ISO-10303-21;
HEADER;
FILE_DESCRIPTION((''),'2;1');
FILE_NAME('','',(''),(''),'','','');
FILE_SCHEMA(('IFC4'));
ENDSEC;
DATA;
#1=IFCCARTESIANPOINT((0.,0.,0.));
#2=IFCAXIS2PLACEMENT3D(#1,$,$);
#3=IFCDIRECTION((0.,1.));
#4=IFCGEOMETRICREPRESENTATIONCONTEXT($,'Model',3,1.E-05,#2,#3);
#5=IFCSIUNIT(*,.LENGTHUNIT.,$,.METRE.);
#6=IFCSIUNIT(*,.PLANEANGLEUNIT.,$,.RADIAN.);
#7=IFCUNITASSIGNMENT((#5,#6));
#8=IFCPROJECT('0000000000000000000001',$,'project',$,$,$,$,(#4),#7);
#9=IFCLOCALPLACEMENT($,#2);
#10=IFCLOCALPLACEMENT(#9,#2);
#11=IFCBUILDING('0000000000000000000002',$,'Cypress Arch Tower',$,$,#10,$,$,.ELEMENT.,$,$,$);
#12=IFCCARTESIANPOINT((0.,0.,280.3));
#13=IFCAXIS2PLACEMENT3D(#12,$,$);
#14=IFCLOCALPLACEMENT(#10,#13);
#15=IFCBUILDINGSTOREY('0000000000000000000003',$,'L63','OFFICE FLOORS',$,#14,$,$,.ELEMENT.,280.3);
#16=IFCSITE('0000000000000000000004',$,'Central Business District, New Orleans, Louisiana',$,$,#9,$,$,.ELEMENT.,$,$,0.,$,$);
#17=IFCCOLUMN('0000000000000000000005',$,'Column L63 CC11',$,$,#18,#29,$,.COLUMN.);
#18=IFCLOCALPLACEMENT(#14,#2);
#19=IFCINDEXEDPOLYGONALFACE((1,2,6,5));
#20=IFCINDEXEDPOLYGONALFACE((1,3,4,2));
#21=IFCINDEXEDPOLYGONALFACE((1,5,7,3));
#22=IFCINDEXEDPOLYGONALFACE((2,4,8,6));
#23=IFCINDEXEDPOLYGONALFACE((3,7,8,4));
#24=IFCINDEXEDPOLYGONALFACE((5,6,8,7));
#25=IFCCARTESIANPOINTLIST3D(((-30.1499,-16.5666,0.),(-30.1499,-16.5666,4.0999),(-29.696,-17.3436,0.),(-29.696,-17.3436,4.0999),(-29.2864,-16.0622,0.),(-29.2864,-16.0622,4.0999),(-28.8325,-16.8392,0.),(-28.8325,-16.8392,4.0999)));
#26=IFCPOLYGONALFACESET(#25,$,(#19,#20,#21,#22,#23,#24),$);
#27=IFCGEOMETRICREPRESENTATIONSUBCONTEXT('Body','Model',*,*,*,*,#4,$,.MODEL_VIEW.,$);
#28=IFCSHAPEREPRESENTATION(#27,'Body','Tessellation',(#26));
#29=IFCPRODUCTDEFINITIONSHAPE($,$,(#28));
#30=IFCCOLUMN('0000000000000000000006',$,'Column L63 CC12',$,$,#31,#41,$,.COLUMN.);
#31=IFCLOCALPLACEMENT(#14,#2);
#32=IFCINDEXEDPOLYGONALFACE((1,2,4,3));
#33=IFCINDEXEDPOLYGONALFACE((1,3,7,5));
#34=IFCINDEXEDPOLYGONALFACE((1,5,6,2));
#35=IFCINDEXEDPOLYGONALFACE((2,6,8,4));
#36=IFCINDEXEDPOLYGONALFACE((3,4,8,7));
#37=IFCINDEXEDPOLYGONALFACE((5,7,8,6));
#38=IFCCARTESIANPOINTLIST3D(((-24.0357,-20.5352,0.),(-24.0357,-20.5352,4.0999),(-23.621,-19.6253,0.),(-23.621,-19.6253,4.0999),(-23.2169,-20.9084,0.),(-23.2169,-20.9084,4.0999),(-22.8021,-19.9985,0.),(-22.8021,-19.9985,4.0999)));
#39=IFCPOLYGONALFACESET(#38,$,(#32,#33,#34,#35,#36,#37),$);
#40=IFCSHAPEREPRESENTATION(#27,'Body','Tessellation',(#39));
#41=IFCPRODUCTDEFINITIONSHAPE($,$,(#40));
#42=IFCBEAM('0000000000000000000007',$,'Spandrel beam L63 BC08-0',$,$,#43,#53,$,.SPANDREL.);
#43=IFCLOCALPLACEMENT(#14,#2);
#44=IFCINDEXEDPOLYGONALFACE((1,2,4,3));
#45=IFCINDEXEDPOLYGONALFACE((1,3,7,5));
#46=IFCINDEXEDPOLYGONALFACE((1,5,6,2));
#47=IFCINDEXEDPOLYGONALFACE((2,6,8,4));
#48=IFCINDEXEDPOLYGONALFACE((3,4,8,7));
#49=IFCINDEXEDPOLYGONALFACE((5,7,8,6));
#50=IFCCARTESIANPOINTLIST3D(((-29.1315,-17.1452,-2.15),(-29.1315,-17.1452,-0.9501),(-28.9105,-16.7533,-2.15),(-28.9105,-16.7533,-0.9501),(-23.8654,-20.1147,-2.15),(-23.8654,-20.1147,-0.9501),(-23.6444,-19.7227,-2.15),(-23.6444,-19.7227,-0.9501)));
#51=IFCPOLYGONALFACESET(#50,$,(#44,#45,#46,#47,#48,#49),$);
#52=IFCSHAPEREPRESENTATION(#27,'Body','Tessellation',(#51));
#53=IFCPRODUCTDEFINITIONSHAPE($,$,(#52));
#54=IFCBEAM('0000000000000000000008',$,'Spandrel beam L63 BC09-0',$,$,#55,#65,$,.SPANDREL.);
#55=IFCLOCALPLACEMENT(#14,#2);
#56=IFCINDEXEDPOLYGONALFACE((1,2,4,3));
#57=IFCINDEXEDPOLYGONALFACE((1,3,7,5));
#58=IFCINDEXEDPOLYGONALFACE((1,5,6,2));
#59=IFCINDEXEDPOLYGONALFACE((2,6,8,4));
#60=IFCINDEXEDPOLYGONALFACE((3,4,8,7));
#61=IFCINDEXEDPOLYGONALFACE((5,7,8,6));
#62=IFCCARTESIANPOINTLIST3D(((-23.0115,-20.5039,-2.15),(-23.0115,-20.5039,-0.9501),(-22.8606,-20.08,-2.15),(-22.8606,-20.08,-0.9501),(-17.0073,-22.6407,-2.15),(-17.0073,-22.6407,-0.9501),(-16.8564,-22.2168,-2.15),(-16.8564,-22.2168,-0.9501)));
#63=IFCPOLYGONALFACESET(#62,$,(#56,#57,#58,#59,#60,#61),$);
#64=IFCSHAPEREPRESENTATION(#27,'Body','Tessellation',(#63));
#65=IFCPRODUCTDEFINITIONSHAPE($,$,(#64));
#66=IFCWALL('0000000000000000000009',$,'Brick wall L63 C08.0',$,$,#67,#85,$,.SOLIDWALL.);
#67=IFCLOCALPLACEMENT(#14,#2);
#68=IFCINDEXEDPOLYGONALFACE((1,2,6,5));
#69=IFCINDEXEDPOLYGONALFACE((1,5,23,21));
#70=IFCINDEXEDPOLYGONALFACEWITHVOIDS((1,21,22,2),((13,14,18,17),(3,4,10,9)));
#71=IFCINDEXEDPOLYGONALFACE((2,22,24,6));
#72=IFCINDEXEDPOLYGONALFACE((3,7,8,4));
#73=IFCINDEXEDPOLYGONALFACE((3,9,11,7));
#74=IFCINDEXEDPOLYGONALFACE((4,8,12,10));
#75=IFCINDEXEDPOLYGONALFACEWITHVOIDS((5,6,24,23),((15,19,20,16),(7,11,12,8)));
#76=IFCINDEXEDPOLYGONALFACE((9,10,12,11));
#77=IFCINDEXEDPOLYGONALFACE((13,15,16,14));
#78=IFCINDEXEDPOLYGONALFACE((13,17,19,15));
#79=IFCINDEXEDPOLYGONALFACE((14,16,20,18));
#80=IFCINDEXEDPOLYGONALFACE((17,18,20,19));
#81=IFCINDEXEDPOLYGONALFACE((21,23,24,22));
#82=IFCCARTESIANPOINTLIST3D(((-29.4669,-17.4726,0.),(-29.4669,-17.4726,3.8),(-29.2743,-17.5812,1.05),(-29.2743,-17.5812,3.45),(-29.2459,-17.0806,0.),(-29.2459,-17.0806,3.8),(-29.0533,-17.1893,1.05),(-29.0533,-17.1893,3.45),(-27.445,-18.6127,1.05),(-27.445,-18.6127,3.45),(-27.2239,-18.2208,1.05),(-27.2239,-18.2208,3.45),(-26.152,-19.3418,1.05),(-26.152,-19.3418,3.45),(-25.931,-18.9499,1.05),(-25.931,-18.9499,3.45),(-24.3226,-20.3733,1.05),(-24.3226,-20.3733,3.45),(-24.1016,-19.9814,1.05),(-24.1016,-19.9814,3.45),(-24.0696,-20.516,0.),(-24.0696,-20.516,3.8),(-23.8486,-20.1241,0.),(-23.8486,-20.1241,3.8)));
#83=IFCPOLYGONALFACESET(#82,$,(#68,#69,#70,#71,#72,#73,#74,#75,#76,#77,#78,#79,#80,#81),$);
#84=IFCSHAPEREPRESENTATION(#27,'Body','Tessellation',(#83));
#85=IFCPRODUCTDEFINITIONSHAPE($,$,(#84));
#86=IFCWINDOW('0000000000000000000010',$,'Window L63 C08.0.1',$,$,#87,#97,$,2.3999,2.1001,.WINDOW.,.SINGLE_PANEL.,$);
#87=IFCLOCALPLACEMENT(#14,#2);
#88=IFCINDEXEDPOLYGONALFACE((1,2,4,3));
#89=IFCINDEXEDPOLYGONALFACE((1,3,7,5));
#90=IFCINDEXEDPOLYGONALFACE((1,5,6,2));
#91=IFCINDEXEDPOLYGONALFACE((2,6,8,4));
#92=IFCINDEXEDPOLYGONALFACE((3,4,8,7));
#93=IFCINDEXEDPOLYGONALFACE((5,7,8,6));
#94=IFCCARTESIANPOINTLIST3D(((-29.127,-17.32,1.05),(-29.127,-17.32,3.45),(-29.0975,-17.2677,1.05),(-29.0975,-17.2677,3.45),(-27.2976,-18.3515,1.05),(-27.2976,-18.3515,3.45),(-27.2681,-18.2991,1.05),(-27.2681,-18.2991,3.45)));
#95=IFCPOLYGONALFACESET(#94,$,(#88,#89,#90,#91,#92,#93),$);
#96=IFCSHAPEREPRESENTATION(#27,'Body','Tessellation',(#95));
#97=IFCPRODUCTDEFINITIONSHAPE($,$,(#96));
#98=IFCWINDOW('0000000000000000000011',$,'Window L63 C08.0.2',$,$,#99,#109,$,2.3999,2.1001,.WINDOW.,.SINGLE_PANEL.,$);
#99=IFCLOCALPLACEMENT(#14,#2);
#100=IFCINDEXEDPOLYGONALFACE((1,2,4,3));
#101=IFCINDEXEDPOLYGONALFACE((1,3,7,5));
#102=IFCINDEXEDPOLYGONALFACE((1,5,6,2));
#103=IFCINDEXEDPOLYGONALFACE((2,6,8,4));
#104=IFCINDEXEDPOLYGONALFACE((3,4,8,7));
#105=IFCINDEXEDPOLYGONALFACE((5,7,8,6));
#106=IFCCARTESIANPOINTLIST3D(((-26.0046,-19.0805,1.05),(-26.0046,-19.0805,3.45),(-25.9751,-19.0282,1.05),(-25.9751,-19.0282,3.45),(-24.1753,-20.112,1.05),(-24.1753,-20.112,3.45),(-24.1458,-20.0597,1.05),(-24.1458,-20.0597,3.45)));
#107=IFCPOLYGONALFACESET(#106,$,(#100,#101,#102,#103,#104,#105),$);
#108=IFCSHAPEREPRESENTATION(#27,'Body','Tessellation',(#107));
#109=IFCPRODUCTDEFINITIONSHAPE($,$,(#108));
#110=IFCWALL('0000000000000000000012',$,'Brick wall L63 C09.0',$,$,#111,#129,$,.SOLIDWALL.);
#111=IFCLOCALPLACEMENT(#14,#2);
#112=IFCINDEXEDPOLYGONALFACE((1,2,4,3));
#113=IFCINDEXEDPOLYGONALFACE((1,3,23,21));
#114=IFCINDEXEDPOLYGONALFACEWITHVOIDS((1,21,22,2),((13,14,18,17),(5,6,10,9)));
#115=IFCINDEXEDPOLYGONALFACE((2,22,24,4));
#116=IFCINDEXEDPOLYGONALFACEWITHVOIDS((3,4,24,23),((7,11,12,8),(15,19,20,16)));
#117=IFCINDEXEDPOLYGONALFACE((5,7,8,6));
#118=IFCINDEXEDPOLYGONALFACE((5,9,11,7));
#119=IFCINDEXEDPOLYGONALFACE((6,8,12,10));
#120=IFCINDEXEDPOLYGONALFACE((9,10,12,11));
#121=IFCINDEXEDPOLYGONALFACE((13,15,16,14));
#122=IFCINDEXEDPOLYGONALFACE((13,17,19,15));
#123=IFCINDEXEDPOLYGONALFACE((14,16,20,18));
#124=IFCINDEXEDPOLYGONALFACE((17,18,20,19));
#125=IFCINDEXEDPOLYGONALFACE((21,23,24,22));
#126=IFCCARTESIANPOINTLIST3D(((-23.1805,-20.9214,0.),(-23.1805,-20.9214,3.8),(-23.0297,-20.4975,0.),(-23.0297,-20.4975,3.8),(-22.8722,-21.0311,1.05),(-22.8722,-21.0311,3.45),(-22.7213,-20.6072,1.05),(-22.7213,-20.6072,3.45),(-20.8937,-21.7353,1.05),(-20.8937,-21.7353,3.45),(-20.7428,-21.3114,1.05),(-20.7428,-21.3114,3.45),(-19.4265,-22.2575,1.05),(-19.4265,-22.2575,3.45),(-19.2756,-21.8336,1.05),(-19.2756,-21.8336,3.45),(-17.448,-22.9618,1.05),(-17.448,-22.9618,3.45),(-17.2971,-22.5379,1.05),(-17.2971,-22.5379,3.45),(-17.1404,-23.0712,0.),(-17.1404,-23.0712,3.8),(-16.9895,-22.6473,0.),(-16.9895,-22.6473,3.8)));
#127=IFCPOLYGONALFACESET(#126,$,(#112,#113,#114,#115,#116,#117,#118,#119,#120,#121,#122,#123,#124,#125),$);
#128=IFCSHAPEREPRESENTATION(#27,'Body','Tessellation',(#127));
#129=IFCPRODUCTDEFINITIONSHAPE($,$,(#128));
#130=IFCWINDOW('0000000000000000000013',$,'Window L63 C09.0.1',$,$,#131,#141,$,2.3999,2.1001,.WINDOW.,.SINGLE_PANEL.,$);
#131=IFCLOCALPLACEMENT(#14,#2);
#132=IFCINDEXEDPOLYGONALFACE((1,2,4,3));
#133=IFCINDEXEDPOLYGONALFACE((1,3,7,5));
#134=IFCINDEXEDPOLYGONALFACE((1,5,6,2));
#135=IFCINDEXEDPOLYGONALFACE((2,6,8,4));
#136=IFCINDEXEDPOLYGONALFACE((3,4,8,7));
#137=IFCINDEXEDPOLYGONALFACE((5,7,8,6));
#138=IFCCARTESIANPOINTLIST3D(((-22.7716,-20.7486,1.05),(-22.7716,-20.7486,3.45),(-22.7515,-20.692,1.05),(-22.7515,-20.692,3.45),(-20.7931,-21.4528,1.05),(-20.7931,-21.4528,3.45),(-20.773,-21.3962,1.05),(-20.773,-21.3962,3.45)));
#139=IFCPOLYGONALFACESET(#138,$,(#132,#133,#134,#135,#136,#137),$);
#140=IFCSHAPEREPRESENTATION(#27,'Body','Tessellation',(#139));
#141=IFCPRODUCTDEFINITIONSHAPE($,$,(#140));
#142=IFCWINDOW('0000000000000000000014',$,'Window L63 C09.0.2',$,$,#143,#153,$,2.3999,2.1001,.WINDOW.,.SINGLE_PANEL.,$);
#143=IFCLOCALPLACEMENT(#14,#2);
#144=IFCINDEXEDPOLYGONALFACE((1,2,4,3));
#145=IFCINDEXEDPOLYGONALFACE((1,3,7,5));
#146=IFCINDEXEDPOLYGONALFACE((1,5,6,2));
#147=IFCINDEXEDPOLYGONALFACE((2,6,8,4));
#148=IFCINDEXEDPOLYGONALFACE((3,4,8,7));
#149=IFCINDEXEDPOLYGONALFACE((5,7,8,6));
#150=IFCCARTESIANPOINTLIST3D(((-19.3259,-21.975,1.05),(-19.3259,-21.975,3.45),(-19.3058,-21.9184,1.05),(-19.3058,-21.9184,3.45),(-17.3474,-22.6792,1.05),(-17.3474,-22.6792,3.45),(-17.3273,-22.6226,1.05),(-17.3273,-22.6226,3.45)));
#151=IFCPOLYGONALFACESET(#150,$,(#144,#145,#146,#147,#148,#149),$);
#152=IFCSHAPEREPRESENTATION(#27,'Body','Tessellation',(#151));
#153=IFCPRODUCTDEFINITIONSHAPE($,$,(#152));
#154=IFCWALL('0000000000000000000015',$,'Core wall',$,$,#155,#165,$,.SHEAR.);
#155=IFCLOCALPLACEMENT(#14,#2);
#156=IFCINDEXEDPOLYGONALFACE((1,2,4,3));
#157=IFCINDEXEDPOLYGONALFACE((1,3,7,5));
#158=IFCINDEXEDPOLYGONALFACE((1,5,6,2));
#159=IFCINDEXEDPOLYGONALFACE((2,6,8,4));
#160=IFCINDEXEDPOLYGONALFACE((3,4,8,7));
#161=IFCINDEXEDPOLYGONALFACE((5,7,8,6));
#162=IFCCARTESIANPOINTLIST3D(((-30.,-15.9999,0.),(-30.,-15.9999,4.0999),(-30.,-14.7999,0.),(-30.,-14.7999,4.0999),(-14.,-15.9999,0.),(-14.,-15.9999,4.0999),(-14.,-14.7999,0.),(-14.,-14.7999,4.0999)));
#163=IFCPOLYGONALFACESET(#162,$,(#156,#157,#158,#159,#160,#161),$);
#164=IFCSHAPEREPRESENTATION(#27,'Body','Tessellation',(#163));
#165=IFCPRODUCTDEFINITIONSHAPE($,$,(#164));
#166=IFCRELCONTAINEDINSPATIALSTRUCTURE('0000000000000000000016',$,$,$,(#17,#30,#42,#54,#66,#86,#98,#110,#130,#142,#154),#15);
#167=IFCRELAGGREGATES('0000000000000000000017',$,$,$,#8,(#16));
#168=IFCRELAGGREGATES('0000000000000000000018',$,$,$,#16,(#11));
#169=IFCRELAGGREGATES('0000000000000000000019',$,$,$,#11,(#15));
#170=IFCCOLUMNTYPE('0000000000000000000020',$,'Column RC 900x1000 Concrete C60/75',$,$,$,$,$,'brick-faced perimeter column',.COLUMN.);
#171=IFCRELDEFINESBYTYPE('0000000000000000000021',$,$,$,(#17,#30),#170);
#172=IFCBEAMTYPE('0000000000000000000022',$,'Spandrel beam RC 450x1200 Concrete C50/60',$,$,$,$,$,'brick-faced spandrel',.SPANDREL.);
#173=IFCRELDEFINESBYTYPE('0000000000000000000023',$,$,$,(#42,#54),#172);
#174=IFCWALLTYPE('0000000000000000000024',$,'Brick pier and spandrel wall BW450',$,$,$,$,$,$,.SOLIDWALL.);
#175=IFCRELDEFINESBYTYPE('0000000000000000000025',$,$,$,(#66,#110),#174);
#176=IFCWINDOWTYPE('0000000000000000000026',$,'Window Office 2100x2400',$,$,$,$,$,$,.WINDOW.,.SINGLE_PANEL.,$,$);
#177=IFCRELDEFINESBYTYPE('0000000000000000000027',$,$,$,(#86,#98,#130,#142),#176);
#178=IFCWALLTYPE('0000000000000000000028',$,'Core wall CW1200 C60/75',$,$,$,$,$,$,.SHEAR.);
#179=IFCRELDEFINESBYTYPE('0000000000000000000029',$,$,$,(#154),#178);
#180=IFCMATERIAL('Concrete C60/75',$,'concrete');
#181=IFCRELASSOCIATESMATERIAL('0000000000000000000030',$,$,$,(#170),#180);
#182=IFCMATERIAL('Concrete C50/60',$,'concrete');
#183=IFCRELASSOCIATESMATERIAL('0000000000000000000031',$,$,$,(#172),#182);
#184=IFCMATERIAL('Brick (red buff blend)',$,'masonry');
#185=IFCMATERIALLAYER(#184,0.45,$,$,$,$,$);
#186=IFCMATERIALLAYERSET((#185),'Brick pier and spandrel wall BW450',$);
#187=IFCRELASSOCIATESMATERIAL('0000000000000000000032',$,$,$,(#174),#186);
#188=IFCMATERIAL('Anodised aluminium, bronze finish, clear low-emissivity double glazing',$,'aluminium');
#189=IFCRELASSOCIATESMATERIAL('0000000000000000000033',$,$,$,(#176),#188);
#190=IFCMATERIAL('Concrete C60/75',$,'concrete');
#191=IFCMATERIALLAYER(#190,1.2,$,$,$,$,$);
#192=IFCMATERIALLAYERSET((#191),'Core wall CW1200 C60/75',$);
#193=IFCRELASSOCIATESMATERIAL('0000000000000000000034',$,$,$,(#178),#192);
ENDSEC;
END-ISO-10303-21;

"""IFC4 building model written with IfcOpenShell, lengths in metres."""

from ifc_helpers import new_model, si_unit, direction, frame, frame_2d, origin, origin_2d, place, context, subcontext, project, spatial, rectangle, extrude, material, layer, layer_set, material_profile, profile_set, type_object, element, fill, save


model = new_model("IFC4")

# Units and contexts
model_context = context("Model", 3, precision=1e-05, world=origin(), true_north=direction((0.0, 1.0)))
body_context = subcontext(model_context, "Body", "Model", "MODEL_VIEW")
ifc_project = project(units=[si_unit("LENGTHUNIT", "METRE"), si_unit("PLANEANGLEUNIT", "RADIAN")], contexts=[model_context])

# Site, building, storey
site_placement = place(None, origin())
site = spatial("IfcSite", under=ifc_project, at=site_placement, Name="Central Business District, New Orleans, Louisiana", CompositionType="ELEMENT", RefElevation=0.0)
building_placement = place(site_placement, origin())
building = spatial("IfcBuilding", under=site, at=building_placement, Name="Cypress Arch Tower", CompositionType="ELEMENT")
storey_placement = place(building_placement, frame((0.0, 0.0, 280.3)))
storey = spatial("IfcBuildingStorey", under=building, at=storey_placement, Name="L63", Description="OFFICE FLOORS", CompositionType="ELEMENT", Elevation=280.3)

# Columns
ifc_material_1 = material(Name="Concrete C60/75", Category="concrete")
ifc_material_profile_1 = material_profile(ifc_material_1, rectangle(XDim=0.8999, YDim=1.0, at=origin_2d()), Name="RC 900x1000")
ifc_profile_set_1 = profile_set([ifc_material_profile_1], Name="Concrete C60/75")
column_type = type_object("IfcColumnType", Name="Column RC 900x1000 Concrete C60/75", ElementType="brick-faced perimeter column", PredefinedType="COLUMN", material=ifc_profile_set_1)
for number, where, z_axis, x_axis, name in (
    (1, (-29.4912, -16.7029, 0.0), (0.0, 0.0, 1.0), (0.504399, -0.863471, 0.0), "Column L63 CC11"),
    (2, (-23.4189, -20.2668, 0.0), (0.0, 0.0, 1.0), (0.909932, -0.414757, 0.0), "Column L63 CC12"),
):
    element("IfcColumn", number, at=place(storey_placement, frame(where, z_axis=z_axis, x_axis=x_axis)), inside=storey, type_object=column_type, Name=name, PredefinedType="COLUMN", context=body_context, shape_type="SweptSolid", body=[
        extrude(rectangle(XDim=0.8999, YDim=1.0, at=origin_2d()), origin(), (0.0, 0.0, 1.0), 4.0999),
    ])

# Beams
ifc_material_2 = material(Name="Concrete C50/60", Category="concrete")
ifc_material_profile_2 = material_profile(ifc_material_2, rectangle(XDim=0.45, YDim=1.2, at=origin_2d()), Name="RC 450x1200")
ifc_profile_set_2 = profile_set([ifc_material_profile_2], Name="Concrete C50/60")
beam_type = type_object("IfcBeamType", Name="Spandrel beam RC 450x1200 Concrete C50/60", ElementType="brick-faced spandrel", PredefinedType="SPANDREL", material=ifc_profile_set_2)
beam_1_placement = place(storey_placement, frame((-29.021, -16.9492, -1.55), z_axis=(0.87106, -0.491177, 0.0), x_axis=(0.491177, 0.87106, 0.0)))
element("IfcBeam", 3, at=beam_1_placement, inside=storey, type_object=beam_type, Name="Spandrel beam L63 BC08-0", PredefinedType="SPANDREL", context=body_context, shape_type="SweptSolid", body=[
    extrude(rectangle(XDim=0.45, YDim=1.2, at=origin_2d()), origin(), (0.0, 0.0, 1.0), 6.0457),
])
beam_2_placement = place(storey_placement, frame((-22.936, -20.292, -1.55), z_axis=(0.94212, -0.335276, 0.0), x_axis=(0.335276, 0.94212, 0.0)))
element("IfcBeam", 4, at=beam_2_placement, inside=storey, type_object=beam_type, Name="Spandrel beam L63 BC09-0", PredefinedType="SPANDREL", context=body_context, shape_type="SweptSolid", body=[
    extrude(rectangle(XDim=0.45, YDim=1.2, at=origin_2d()), origin(), (0.0, 0.0, 1.0), 6.373),
])

# Walls, openings, windows
ifc_material_3 = material(Name="Brick (red buff blend)", Category="masonry")
ifc_layer_1 = layer(ifc_material_3, 0.45)
ifc_layer_set_1 = layer_set([ifc_layer_1], Name="Brick pier and spandrel wall BW450")
wall_type_1 = type_object("IfcWallType", Name="Brick pier and spandrel wall BW450", PredefinedType="SOLIDWALL", material=ifc_layer_set_1)
wall_1_placement = place(storey_placement, frame((-29.3564, -17.2766, 0.0), z_axis=(0.0, 0.0, 1.0), x_axis=(0.871066, -0.491166, 0.0)))
wall_1 = element("IfcWall", 5, at=wall_1_placement, inside=storey, type_object=wall_type_1, Name="Brick wall L63 C08.0", PredefinedType="SOLIDWALL", context=body_context, shape_type="SweptSolid", body=[
    extrude(rectangle(XDim=6.1963, YDim=0.45, at=frame_2d((3.0981, 0.0))), origin(), (0.0, 0.0, 1.0), 3.8),
])
opening_1_placement = place(wall_1_placement, frame((0.2212, 0.0, 1.05)))
opening_1 = element("IfcOpeningElement", 6, at=opening_1_placement, cuts=wall_1, PredefinedType="OPENING", context=body_context, shape_type="SweptSolid", body=[
    extrude(rectangle(XDim=2.1001, YDim=2.3999, at=frame_2d((1.05, 1.2))), frame((0.0, 0.2349, 0.0), z_axis=(0.0, -1.0, 0.0), x_axis=(1.0, 0.0, 0.0)), (0.0, 0.0, 1.0), 0.47),
])
opening_2_placement = place(wall_1_placement, frame((3.8057, 0.0, 1.05)))
opening_2 = element("IfcOpeningElement", 7, at=opening_2_placement, cuts=wall_1, PredefinedType="OPENING", context=body_context, shape_type="SweptSolid", body=[
    extrude(rectangle(XDim=2.1001, YDim=2.3999, at=frame_2d((1.05, 1.2))), frame((0.0, 0.2349, 0.0), z_axis=(0.0, -1.0, 0.0), x_axis=(1.0, 0.0, 0.0)), (0.0, 0.0, 1.0), 0.47),
])
ifc_material_4 = material(Name="Anodised aluminium, bronze finish, clear low-emissivity double glazing", Category="aluminium")
window_type = type_object("IfcWindowType", Name="Window Office 2100x2400", PartitioningType="SINGLE_PANEL", PredefinedType="WINDOW", material=ifc_material_4)
window_1_placement = place(opening_1_placement, origin())
window_1 = element("IfcWindow", 8, at=window_1_placement, inside=storey, type_object=window_type, Name="Window L63 C08.0.1", OverallHeight=2.3999, OverallWidth=2.1001, PartitioningType="SINGLE_PANEL", PredefinedType="WINDOW", context=body_context, shape_type="SweptSolid", body=[
    extrude(rectangle(XDim=2.1001, YDim=2.3999, at=frame_2d((1.05, 1.2))), frame((0.0, 0.135, 0.0), z_axis=(0.0, -1.0, 0.0), x_axis=(1.0, 0.0, 0.0)), (0.0, 0.0, 1.0), 0.0601),
])
fill(opening_1, window_1)
window_2_placement = place(opening_2_placement, origin())
window_2 = element("IfcWindow", 9, at=window_2_placement, inside=storey, type_object=window_type, Name="Window L63 C08.0.2", OverallHeight=2.3999, OverallWidth=2.1001, PartitioningType="SINGLE_PANEL", PredefinedType="WINDOW", context=body_context, shape_type="SweptSolid", body=[
    extrude(rectangle(XDim=2.1001, YDim=2.3999, at=frame_2d((1.05, 1.2))), frame((0.0, 0.135, 0.0), z_axis=(0.0, -1.0, 0.0), x_axis=(1.0, 0.0, 0.0)), (0.0, 0.0, 1.0), 0.0601),
])
fill(opening_2, window_2)
wall_2_placement = place(storey_placement, frame((-23.105, -20.7095, 0.0), z_axis=(0.0, 0.0, 1.0), x_axis=(0.942104, -0.335321, 0.0)))
wall_2 = element("IfcWall", 10, at=wall_2_placement, inside=storey, type_object=wall_type_1, Name="Brick wall L63 C09.0", PredefinedType="SOLIDWALL", context=body_context, shape_type="SweptSolid", body=[
    extrude(rectangle(XDim=6.4114, YDim=0.45, at=frame_2d((3.2056, 0.0))), origin(), (0.0, 0.0, 1.0), 3.8),
])
opening_3_placement = place(wall_2_placement, frame((0.3271, 0.0, 1.05)))
opening_3 = element("IfcOpeningElement", 11, at=opening_3_placement, cuts=wall_2, PredefinedType="OPENING", context=body_context, shape_type="SweptSolid", body=[
    extrude(rectangle(XDim=2.1001, YDim=2.3999, at=frame_2d((1.05, 1.2))), frame((0.0, 0.2349, 0.0), z_axis=(0.0, -1.0, 0.0), x_axis=(1.0, 0.0, 0.0)), (0.0, 0.0, 1.0), 0.47),
])
opening_4_placement = place(wall_2_placement, frame((3.9846, 0.0, 1.05)))
opening_4 = element("IfcOpeningElement", 12, at=opening_4_placement, cuts=wall_2, PredefinedType="OPENING", context=body_context, shape_type="SweptSolid", body=[
    extrude(rectangle(XDim=2.1001, YDim=2.3999, at=frame_2d((1.05, 1.2))), frame((0.0, 0.2349, 0.0), z_axis=(0.0, -1.0, 0.0), x_axis=(1.0, 0.0, 0.0)), (0.0, 0.0, 1.0), 0.47),
])
window_3_placement = place(opening_3_placement, origin())
window_3 = element("IfcWindow", 13, at=window_3_placement, inside=storey, type_object=window_type, Name="Window L63 C09.0.1", OverallHeight=2.3999, OverallWidth=2.1001, PartitioningType="SINGLE_PANEL", PredefinedType="WINDOW", context=body_context, shape_type="SweptSolid", body=[
    extrude(rectangle(XDim=2.1001, YDim=2.3999, at=frame_2d((1.05, 1.2))), frame((0.0, 0.135, 0.0), z_axis=(0.0, -1.0, 0.0), x_axis=(1.0, 0.0, 0.0)), (0.0, 0.0, 1.0), 0.0601),
])
fill(opening_3, window_3)
window_4_placement = place(opening_4_placement, origin())
window_4 = element("IfcWindow", 14, at=window_4_placement, inside=storey, type_object=window_type, Name="Window L63 C09.0.2", OverallHeight=2.3999, OverallWidth=2.1001, PartitioningType="SINGLE_PANEL", PredefinedType="WINDOW", context=body_context, shape_type="SweptSolid", body=[
    extrude(rectangle(XDim=2.1001, YDim=2.3999, at=frame_2d((1.05, 1.2))), frame((0.0, 0.135, 0.0), z_axis=(0.0, -1.0, 0.0), x_axis=(1.0, 0.0, 0.0)), (0.0, 0.0, 1.0), 0.0601),
])
fill(opening_4, window_4)

# Wall
ifc_material_5 = material(Name="Concrete C60/75", Category="concrete")
ifc_layer_2 = layer(ifc_material_5, 1.2)
ifc_layer_set_2 = layer_set([ifc_layer_2], Name="Core wall CW1200 C60/75")
wall_type_2 = type_object("IfcWallType", Name="Core wall CW1200 C60/75", PredefinedType="SHEAR", material=ifc_layer_set_2)
wall_3_placement = place(storey_placement, frame((-30.0, -15.3999, 0.0), z_axis=(0.0, 0.0, 1.0), x_axis=(1.0, 0.0, 0.0)))
element("IfcWall", 15, at=wall_3_placement, inside=storey, type_object=wall_type_2, Name="Core wall", PredefinedType="SHEAR", context=body_context, shape_type="SweptSolid", body=[
    extrude(rectangle(XDim=16.0, YDim=1.2, at=frame_2d((8.0, 0.0))), origin(), (0.0, 0.0, 1.0), 4.0999),
])

save(model, "model.ifc")
